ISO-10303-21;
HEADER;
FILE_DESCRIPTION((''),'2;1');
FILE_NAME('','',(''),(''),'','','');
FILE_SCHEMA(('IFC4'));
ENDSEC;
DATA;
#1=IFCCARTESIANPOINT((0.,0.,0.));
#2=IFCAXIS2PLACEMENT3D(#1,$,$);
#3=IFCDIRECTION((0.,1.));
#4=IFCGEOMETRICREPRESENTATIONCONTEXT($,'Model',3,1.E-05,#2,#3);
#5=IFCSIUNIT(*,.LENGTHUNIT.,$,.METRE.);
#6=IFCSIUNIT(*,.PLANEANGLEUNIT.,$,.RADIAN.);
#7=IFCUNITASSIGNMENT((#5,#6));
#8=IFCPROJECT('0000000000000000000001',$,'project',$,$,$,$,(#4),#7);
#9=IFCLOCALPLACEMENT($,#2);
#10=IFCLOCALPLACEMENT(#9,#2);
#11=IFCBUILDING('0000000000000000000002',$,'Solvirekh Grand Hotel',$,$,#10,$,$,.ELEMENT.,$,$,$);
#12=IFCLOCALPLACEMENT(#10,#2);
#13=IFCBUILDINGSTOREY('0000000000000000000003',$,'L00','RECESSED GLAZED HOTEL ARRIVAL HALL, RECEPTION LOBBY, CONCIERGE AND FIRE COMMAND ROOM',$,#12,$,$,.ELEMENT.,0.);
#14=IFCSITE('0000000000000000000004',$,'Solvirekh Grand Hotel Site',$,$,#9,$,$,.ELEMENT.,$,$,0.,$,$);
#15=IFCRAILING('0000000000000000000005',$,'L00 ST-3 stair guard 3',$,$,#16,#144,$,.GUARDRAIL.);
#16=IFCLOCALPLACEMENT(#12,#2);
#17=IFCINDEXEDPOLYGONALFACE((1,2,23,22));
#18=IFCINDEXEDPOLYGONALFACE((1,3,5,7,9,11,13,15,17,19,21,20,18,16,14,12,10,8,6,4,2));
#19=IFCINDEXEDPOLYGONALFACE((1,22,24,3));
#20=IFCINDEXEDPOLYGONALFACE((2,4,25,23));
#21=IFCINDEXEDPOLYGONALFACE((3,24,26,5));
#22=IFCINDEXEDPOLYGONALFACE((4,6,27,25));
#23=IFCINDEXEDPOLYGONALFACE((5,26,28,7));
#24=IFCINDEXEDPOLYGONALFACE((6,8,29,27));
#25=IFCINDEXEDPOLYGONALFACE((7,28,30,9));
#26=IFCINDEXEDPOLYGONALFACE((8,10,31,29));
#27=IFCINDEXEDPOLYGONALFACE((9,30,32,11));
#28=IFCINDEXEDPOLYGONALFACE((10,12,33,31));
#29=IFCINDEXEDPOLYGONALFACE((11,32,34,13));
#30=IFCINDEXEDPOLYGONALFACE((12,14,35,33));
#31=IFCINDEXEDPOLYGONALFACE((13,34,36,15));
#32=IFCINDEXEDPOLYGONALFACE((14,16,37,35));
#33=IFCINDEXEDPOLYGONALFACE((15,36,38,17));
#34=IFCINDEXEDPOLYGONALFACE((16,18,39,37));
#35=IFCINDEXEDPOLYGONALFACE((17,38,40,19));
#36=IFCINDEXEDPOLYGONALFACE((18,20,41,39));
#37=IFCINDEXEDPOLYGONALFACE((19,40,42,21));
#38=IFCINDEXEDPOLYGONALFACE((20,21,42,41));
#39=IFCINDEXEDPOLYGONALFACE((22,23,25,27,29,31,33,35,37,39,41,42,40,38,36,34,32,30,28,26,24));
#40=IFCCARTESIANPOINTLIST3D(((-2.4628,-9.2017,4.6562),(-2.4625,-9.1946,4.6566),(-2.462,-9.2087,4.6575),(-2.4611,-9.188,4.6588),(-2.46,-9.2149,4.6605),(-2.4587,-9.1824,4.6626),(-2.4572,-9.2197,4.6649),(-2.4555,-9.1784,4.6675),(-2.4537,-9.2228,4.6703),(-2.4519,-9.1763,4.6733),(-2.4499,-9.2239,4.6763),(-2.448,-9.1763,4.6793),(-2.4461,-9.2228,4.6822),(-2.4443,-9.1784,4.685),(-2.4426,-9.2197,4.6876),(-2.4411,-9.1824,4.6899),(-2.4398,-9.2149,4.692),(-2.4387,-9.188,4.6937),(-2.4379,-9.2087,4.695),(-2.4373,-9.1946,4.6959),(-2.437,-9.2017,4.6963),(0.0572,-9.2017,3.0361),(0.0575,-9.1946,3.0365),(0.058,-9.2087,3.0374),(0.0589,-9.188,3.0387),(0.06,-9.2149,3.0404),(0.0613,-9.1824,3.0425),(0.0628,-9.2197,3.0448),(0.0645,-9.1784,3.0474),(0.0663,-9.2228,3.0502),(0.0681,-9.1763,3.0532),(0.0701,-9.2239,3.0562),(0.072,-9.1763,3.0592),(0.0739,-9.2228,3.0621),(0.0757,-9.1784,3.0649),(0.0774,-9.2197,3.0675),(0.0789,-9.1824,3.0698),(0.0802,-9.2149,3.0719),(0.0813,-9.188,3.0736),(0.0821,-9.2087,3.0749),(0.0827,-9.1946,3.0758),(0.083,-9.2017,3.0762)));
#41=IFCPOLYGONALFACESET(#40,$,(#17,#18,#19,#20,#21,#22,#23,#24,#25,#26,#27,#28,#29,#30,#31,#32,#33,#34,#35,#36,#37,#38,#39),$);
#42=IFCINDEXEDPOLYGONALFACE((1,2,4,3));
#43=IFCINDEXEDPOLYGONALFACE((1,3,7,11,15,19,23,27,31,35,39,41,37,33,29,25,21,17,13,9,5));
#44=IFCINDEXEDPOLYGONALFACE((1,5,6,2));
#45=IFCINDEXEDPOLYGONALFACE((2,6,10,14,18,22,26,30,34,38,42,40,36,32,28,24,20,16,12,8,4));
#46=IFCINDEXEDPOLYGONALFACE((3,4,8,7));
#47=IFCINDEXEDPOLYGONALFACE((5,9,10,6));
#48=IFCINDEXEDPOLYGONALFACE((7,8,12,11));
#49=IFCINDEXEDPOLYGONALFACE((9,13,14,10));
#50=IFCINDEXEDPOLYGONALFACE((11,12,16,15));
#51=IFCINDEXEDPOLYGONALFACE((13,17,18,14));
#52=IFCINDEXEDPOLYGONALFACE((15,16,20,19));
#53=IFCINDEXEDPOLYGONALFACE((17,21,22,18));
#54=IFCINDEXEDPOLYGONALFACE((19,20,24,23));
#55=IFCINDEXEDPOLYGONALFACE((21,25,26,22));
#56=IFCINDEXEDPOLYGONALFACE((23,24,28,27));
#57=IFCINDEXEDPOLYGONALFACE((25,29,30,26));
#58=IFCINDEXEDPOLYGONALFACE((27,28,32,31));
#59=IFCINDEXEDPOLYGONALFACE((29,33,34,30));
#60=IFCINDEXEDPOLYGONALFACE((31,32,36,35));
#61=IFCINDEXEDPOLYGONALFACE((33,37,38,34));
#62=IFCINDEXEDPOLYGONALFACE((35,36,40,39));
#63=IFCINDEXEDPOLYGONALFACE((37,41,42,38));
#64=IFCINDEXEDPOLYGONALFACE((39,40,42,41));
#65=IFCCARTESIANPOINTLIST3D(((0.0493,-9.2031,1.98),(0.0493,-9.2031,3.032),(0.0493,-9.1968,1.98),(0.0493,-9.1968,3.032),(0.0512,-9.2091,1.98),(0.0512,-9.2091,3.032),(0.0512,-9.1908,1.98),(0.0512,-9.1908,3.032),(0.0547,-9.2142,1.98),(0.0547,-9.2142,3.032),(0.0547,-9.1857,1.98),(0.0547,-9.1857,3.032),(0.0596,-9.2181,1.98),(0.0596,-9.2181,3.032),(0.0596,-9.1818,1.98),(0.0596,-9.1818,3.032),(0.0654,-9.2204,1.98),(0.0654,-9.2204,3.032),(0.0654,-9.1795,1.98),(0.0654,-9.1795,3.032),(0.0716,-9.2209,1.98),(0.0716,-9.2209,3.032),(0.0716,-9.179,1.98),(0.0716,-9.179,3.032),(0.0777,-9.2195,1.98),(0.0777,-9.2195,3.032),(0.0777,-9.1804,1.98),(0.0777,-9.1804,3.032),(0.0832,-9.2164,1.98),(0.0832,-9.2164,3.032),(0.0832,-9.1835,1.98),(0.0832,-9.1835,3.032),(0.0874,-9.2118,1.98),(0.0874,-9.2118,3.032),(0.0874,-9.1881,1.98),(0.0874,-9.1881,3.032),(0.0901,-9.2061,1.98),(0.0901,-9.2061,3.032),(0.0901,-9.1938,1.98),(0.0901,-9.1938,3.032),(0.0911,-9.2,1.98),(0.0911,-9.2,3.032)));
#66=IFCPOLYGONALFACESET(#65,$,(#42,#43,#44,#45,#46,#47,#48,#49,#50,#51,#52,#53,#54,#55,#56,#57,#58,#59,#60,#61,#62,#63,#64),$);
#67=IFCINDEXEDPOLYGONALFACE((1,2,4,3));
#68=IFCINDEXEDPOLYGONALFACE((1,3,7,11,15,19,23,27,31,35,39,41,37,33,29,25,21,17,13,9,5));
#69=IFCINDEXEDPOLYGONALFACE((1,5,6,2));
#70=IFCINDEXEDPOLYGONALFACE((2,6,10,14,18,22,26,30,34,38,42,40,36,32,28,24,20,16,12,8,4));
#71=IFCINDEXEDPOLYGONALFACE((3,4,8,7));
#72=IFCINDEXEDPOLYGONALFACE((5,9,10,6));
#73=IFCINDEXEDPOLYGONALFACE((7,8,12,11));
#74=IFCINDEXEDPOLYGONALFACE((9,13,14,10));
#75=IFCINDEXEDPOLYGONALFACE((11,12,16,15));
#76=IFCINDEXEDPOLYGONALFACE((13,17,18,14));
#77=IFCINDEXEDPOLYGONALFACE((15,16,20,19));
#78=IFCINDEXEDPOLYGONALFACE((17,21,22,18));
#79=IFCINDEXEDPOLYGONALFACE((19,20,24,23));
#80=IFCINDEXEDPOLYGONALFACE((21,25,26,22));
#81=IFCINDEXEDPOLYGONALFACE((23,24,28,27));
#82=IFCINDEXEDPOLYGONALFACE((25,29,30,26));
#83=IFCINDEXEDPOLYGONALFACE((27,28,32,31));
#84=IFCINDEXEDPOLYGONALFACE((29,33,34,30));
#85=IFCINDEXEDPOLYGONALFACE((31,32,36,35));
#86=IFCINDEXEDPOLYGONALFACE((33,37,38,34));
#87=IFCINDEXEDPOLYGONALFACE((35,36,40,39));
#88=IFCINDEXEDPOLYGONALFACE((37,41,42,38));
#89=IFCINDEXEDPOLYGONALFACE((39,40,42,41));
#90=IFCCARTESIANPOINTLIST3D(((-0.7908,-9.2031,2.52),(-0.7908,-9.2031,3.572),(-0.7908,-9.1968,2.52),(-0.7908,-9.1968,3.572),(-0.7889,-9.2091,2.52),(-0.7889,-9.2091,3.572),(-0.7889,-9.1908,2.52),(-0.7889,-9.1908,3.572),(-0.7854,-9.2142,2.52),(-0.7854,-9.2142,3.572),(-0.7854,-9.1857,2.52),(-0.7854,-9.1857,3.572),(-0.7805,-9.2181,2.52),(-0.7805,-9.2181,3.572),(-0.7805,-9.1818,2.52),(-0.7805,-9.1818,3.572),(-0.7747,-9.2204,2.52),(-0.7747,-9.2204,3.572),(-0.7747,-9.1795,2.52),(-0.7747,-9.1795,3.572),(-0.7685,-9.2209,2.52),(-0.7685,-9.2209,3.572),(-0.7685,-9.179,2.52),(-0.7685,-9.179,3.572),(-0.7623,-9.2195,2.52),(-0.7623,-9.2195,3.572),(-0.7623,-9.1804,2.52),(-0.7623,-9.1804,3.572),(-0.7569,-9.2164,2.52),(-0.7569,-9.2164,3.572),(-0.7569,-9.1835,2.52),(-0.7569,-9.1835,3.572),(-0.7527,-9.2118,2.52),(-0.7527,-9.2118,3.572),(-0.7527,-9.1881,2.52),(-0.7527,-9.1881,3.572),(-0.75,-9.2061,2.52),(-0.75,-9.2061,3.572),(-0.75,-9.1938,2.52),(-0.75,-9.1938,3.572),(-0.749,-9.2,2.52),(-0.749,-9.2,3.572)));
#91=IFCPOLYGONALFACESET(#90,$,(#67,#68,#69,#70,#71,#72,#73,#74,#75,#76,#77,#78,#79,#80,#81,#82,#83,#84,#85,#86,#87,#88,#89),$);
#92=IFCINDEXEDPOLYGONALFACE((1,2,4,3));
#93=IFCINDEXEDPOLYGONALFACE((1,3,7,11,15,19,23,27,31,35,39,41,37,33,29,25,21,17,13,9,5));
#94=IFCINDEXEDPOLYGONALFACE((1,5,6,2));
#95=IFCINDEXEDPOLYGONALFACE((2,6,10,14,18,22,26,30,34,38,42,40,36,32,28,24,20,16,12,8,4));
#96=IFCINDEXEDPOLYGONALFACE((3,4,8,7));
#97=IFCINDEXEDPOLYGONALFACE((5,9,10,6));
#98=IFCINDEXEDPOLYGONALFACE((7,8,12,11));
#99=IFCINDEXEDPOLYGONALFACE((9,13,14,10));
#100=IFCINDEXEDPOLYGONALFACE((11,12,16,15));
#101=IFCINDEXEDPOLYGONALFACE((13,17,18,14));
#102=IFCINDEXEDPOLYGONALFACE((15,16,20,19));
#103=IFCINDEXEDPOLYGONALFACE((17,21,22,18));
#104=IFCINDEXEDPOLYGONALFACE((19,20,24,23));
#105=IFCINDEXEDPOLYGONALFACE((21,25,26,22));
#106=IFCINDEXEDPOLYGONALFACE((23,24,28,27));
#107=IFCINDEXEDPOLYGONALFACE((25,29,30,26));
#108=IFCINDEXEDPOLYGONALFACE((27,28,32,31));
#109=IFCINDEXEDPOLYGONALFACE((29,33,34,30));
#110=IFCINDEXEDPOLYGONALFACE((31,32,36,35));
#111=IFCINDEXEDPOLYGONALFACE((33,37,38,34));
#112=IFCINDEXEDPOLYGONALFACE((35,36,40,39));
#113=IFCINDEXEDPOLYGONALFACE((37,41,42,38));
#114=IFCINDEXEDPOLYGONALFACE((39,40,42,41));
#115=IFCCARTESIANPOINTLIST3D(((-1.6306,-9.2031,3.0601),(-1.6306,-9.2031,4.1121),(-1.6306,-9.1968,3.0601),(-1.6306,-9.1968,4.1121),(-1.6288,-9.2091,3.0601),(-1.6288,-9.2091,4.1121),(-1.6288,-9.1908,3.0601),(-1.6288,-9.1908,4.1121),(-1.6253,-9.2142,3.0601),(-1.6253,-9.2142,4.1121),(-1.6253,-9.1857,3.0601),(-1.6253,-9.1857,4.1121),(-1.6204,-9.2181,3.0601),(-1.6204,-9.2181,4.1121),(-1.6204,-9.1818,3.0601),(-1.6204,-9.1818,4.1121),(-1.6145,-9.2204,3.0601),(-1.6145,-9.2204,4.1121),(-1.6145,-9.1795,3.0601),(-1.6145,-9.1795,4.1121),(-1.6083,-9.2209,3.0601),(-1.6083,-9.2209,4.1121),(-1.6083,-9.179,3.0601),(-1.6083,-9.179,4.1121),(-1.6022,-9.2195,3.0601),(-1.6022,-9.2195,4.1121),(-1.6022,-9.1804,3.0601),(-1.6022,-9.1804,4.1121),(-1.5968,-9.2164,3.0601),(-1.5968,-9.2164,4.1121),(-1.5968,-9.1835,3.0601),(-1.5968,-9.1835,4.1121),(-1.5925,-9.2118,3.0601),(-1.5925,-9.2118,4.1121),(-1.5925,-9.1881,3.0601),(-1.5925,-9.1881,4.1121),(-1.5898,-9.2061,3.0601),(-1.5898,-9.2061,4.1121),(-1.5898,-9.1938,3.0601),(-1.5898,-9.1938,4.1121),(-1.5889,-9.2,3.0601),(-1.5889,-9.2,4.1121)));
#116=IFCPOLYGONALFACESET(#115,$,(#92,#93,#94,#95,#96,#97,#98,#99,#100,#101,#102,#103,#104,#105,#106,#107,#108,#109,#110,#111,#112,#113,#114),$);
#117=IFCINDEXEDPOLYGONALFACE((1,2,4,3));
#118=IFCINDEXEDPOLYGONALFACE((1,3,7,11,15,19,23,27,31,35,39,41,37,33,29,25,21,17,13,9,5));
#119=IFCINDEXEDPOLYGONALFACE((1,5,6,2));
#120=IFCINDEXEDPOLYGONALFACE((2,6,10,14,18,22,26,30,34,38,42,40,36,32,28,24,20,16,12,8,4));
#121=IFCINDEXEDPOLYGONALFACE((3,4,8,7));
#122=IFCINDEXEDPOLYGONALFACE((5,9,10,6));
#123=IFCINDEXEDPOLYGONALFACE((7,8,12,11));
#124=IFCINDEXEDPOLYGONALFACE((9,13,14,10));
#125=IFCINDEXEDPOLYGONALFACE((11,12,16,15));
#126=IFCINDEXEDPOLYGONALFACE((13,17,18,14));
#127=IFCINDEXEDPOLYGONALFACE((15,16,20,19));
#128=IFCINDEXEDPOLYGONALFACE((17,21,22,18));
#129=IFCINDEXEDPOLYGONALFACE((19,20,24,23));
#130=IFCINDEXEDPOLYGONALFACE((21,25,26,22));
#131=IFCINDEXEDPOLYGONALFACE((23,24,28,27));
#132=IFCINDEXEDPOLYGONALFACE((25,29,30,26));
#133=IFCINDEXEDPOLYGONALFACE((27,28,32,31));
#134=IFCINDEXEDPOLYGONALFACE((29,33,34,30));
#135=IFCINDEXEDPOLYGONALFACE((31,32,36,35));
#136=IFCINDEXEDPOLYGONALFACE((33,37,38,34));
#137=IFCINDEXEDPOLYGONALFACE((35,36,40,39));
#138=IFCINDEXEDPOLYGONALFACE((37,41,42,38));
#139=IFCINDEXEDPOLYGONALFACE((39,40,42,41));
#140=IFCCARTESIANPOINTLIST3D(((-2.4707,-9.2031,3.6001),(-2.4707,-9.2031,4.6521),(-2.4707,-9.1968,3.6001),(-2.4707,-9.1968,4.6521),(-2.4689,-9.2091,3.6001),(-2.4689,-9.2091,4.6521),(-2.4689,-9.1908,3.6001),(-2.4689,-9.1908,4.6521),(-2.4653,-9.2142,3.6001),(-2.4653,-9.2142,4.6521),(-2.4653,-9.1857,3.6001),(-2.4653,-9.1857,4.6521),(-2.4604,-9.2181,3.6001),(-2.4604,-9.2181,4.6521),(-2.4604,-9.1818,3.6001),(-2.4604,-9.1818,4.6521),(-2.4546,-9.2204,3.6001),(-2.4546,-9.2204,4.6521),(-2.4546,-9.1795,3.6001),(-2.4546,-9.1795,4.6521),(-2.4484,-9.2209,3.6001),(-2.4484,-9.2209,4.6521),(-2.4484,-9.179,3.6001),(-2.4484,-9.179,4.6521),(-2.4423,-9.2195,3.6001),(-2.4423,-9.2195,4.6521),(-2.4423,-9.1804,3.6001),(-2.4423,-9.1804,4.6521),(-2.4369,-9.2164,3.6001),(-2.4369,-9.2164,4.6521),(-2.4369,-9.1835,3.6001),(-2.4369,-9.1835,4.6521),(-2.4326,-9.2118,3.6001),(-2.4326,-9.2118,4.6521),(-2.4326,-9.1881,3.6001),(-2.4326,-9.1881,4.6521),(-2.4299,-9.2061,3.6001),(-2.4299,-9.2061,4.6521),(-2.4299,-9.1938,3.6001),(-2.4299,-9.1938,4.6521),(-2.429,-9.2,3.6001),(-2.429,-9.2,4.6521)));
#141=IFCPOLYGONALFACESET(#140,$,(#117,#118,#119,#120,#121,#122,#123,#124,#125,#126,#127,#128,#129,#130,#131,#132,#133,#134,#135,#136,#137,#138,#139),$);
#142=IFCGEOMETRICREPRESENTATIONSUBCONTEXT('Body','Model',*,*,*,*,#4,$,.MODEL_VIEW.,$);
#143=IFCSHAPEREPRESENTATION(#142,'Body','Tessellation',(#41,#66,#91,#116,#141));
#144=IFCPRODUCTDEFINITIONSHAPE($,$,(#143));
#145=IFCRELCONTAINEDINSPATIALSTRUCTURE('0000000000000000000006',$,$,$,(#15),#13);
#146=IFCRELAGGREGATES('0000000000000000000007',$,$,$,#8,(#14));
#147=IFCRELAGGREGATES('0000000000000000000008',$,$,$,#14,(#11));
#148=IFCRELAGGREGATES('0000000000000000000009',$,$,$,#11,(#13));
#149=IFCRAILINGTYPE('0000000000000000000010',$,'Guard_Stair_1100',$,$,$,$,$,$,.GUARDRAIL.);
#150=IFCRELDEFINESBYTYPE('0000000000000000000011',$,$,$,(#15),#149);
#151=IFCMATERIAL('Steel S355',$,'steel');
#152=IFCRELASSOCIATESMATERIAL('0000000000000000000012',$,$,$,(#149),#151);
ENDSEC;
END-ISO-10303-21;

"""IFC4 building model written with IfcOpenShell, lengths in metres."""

from ifc_helpers import new_model, si_unit, direction, frame, origin, origin_2d, place, context, subcontext, project, spatial, circle, extrude, material, type_object, element, save


model = new_model("IFC4")

# Units and contexts
model_context = context("Model", 3, precision=1e-05, world=origin(), true_north=direction((0.0, 1.0)))
body_context = subcontext(model_context, "Body", "Model", "MODEL_VIEW")
ifc_project = project(units=[si_unit("LENGTHUNIT", "METRE"), si_unit("PLANEANGLEUNIT", "RADIAN")], contexts=[model_context])

# Site, building, storey
site_placement = place(None, origin())
site = spatial("IfcSite", under=ifc_project, at=site_placement, Name="Solvirekh Grand Hotel Site", CompositionType="ELEMENT", RefElevation=0.0)
building_placement = place(site_placement, origin())
building = spatial("IfcBuilding", under=site, at=building_placement, Name="Solvirekh Grand Hotel", CompositionType="ELEMENT")
storey_placement = place(building_placement, origin())
storey = spatial("IfcBuildingStorey", under=building, at=storey_placement, Name="L00", Description="RECESSED GLAZED HOTEL ARRIVAL HALL, RECEPTION LOBBY, CONCIERGE AND FIRE COMMAND ROOM", CompositionType="ELEMENT", Elevation=0.0)

# Shared definitions
ifc_material_1 = material(Name="Steel S355", Category="steel")

# Railing
railing_type_1 = type_object("IfcRailingType", Name="Guard_Stair_1100", PredefinedType="GUARDRAIL", material=ifc_material_1)
railing_1_placement = place(storey_placement, frame((0.0701, -9.2, 1.98)))
element("IfcRailing", 1, at=railing_1_placement, inside=storey, type_object=railing_type_1, Name="L00 ST-3 stair guard 3", PredefinedType="GUARDRAIL", context=body_context, shape_type="SweptSolid", body=[
    extrude(circle(Radius=0.0239, at=origin_2d()), frame((0.0, 0.0, 1.0762), z_axis=(-0.841163, 0.0, 0.540782), x_axis=(0.0, -1.0, 0.0)), (0.0, 0.0, 1.0), 2.9958),
    extrude(circle(Radius=0.021, at=origin_2d()), origin(), (0.0, 0.0, 1.0), 1.052),
    extrude(circle(Radius=0.021, at=origin_2d()), frame((-0.8401, 0.0, 0.54)), (0.0, 0.0, 1.0), 1.052),
    extrude(circle(Radius=0.021, at=origin_2d()), frame((-1.6799, 0.0, 1.0801)), (0.0, 0.0, 1.0), 1.052),
    extrude(circle(Radius=0.021, at=origin_2d()), frame((-2.52, 0.0, 1.6201)), (0.0, 0.0, 1.0), 1.052),
])

save(model, "model.ifc")
